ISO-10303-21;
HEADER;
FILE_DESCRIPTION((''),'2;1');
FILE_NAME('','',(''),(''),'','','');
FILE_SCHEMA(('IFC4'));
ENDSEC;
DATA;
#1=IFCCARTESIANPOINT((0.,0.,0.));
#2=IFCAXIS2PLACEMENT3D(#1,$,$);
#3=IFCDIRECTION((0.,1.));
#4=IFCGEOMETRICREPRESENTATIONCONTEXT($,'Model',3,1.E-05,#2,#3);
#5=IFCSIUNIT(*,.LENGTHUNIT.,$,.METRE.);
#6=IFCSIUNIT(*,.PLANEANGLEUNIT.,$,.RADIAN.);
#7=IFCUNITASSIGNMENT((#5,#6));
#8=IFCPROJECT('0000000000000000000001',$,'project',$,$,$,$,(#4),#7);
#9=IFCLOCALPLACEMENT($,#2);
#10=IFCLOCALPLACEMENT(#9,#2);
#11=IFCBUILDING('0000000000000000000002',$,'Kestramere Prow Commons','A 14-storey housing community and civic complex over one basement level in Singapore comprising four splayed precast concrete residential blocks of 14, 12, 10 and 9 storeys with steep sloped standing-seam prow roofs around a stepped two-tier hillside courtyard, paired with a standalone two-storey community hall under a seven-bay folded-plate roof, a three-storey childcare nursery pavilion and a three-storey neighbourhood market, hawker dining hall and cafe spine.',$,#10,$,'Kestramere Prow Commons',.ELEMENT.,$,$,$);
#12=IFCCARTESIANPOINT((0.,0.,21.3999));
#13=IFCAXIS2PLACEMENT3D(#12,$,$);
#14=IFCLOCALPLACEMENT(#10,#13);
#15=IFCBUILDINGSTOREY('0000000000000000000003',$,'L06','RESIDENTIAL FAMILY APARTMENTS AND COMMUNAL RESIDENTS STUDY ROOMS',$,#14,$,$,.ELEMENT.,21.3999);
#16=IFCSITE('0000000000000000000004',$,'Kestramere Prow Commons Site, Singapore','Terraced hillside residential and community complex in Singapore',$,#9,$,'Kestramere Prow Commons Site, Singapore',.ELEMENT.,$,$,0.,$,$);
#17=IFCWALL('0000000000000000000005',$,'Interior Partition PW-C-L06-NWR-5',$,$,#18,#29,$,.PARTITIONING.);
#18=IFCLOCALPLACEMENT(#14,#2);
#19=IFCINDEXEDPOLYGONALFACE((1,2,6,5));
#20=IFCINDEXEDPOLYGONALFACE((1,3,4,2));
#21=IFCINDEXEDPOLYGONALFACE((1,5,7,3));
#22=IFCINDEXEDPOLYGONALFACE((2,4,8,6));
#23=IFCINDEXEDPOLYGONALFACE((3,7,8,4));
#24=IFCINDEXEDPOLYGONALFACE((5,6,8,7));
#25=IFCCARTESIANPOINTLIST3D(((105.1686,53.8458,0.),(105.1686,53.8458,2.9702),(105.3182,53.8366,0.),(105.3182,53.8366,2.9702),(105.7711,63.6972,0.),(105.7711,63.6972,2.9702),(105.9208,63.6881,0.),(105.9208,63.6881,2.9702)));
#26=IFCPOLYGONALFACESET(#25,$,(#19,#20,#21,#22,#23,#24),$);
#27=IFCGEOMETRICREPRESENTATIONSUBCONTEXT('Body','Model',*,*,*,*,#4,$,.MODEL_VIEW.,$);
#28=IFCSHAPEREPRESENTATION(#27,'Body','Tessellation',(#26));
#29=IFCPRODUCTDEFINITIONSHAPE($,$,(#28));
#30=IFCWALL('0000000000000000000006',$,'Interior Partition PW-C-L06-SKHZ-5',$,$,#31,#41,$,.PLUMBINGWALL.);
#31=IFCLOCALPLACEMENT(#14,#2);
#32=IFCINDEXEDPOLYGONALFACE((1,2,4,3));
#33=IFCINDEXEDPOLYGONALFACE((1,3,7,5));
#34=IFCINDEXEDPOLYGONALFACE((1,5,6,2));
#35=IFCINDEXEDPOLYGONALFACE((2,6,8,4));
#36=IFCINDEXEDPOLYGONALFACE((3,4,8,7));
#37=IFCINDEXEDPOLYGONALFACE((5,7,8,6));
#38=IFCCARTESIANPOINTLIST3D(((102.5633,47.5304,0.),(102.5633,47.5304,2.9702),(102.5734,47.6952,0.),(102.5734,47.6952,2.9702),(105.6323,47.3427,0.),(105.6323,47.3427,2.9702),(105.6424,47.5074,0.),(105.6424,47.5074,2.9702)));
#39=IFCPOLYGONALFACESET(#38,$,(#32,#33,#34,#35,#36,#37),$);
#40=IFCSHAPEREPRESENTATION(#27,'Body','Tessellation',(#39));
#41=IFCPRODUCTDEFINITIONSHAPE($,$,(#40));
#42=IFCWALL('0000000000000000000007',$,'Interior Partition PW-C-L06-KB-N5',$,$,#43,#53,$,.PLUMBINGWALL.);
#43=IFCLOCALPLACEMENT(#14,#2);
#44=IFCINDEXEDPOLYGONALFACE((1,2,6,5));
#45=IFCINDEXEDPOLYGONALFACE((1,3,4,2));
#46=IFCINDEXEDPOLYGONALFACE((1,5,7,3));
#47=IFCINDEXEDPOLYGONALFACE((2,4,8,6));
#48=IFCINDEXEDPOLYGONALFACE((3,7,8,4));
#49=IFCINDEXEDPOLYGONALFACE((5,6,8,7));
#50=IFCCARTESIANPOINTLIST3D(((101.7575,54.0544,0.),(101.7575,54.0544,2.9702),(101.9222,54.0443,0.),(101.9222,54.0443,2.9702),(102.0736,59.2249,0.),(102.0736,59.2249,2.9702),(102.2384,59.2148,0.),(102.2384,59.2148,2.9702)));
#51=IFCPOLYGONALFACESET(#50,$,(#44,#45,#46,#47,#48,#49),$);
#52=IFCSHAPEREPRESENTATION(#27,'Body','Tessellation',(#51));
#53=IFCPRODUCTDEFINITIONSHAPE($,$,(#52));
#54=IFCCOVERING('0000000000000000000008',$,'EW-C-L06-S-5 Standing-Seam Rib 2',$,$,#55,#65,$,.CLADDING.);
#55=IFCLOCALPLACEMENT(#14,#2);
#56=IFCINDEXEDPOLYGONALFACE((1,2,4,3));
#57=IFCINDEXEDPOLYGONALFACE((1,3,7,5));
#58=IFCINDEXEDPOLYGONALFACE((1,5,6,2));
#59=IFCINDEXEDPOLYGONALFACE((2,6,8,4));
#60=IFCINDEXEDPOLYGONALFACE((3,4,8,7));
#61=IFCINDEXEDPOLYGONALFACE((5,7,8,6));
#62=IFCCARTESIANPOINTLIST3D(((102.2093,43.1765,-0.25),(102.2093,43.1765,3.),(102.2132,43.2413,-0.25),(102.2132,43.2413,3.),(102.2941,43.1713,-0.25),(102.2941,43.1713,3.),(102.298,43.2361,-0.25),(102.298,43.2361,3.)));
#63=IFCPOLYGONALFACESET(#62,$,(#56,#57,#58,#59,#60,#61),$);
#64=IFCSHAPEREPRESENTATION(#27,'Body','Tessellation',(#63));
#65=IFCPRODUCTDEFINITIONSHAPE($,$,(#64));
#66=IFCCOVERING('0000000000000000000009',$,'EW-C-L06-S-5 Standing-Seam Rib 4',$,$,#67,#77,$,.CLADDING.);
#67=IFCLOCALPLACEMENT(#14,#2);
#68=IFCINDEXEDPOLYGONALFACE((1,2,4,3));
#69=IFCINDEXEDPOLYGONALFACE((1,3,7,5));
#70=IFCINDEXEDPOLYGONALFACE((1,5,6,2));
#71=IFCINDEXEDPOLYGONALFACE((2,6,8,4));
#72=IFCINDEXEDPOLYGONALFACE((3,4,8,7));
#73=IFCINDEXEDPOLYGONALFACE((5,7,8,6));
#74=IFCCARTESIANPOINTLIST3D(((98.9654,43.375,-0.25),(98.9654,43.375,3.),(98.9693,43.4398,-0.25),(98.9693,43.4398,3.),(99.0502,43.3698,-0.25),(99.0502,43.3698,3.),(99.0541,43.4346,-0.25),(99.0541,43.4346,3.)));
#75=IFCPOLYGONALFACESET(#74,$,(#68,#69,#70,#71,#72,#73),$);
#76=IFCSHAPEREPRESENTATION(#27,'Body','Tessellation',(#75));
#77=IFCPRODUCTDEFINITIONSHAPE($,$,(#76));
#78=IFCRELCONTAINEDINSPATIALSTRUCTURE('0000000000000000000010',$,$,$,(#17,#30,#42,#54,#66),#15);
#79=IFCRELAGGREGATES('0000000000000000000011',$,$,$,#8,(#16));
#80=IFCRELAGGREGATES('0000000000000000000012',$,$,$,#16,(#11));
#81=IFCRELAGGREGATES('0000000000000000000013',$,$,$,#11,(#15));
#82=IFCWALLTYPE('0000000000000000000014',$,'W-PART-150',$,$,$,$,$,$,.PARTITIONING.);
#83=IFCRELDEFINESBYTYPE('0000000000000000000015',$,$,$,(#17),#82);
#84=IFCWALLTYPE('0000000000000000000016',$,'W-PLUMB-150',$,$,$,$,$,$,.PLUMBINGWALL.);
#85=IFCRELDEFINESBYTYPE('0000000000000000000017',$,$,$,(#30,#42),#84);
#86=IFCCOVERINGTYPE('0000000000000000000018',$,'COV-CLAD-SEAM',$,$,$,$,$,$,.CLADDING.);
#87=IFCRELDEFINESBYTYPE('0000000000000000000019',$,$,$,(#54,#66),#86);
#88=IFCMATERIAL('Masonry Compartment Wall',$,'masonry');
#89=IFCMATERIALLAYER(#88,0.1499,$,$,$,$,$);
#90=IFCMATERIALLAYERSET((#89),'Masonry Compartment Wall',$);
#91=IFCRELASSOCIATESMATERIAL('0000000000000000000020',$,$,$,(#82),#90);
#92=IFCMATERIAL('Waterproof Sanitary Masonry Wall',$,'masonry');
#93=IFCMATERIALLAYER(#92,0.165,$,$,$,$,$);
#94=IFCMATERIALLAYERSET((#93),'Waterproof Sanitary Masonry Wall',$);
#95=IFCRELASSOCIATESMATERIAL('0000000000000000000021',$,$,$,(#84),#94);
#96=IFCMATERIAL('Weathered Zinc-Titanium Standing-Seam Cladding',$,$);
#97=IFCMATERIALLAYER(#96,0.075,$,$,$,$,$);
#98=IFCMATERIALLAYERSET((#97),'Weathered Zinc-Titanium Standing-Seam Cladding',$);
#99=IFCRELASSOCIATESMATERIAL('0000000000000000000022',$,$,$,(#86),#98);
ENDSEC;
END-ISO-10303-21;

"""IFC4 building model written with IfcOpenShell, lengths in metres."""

from ifc_helpers import new_model, si_unit, direction, frame, frame_2d, origin, origin_2d, place, context, subcontext, project, spatial, rectangle, extrude, material, layer, layer_set, type_object, element, save


model = new_model("IFC4")

# Units and contexts
model_context = context("Model", 3, precision=1e-05, world=origin(), true_north=direction((0.0, 1.0)))
body_context = subcontext(model_context, "Body", "Model", "MODEL_VIEW")
ifc_project = project(units=[si_unit("LENGTHUNIT", "METRE"), si_unit("PLANEANGLEUNIT", "RADIAN")], contexts=[model_context])

# Site, building, storey
site_placement = place(None, origin())
site = spatial("IfcSite", under=ifc_project, at=site_placement, Name="Kestramere Prow Commons Site, Singapore", Description="Terraced hillside residential and community complex in Singapore", LongName="Kestramere Prow Commons Site, Singapore", CompositionType="ELEMENT", RefElevation=0.0)
building_placement = place(site_placement, origin())
building = spatial("IfcBuilding", under=site, at=building_placement, Name="Kestramere Prow Commons", Description="A 14-storey housing community and civic complex over one basement level in Singapore comprising four splayed precast concrete residential blocks of 14, 12, 10 and 9 storeys with steep sloped standing-seam prow roofs around a stepped two-tier hillside courtyard, paired with a standalone two-storey community hall under a seven-bay folded-plate roof, a three-storey childcare nursery pavilion and a three-storey neighbourhood market, hawker dining hall and cafe spine.", LongName="Kestramere Prow Commons", CompositionType="ELEMENT")
storey_placement = place(building_placement, frame((0.0, 0.0, 21.3999)))
storey = spatial("IfcBuildingStorey", under=building, at=storey_placement, Name="L06", Description="RESIDENTIAL FAMILY APARTMENTS AND COMMUNAL RESIDENTS STUDY ROOMS", CompositionType="ELEMENT", Elevation=21.3999)

# Wall
ifc_material_1 = material(Name="Masonry Compartment Wall", Category="masonry")
ifc_layer_1 = layer(ifc_material_1, 0.1499)
ifc_layer_set_1 = layer_set([ifc_layer_1], Name="Masonry Compartment Wall")
wall_type_1 = type_object("IfcWallType", Name="W-PART-150", PredefinedType="PARTITIONING", material=ifc_layer_set_1)
for number, where, z_axis, x_axis, name in (
    (1, (105.2434, 53.8411, 0.0), (0.0, 0.0, 1.0), (0.061048, 0.998135, 0.0), "Interior Partition PW-C-L06-NWR-5"),
):
    element("IfcWall", number, at=place(storey_placement, frame(where, z_axis=z_axis, x_axis=x_axis)), inside=storey, type_object=wall_type_1, Name=name, PredefinedType="PARTITIONING", context=body_context, shape_type="SweptSolid", body=[
        extrude(rectangle(XDim=9.8699, YDim=0.1499, at=frame_2d((4.9351, 0.0))), origin(), (0.0, 0.0, 1.0), 2.9702),
    ])

# Shared definitions
ifc_material_2 = material(Name="Waterproof Sanitary Masonry Wall", Category="masonry")
ifc_layer_2 = layer(ifc_material_2, 0.165)
ifc_layer_set_2 = layer_set([ifc_layer_2], Name="Waterproof Sanitary Masonry Wall")
wall_type_2 = type_object("IfcWallType", Name="W-PLUMB-150", PredefinedType="PLUMBINGWALL", material=ifc_layer_set_2)

# Walls
wall_1_placement = place(storey_placement, frame((102.5684, 47.6128, 0.0), z_axis=(0.0, 0.0, 1.0), x_axis=(0.998134, -0.061058, 0.0)))
element("IfcWall", 2, at=wall_1_placement, inside=storey, type_object=wall_type_2, Name="Interior Partition PW-C-L06-SKHZ-5", PredefinedType="PLUMBINGWALL", context=body_context, shape_type="SweptSolid", body=[
    extrude(rectangle(XDim=3.0747, YDim=0.165, at=frame_2d((1.5374, 0.0))), origin(), (0.0, 0.0, 1.0), 2.9702),
])
wall_2_placement = place(storey_placement, frame((101.8398, 54.0493, 0.0), z_axis=(0.0, 0.0, 1.0), x_axis=(0.061034, 0.998136, 0.0)))
element("IfcWall", 3, at=wall_2_placement, inside=storey, type_object=wall_type_2, Name="Interior Partition PW-C-L06-KB-N5", PredefinedType="PLUMBINGWALL", context=body_context, shape_type="SweptSolid", body=[
    extrude(rectangle(XDim=5.1802, YDim=0.165, at=frame_2d((2.5901, 0.0))), origin(), (0.0, 0.0, 1.0), 2.9702),
])

# Coverings
ifc_material_3 = material(Name="Weathered Zinc-Titanium Standing-Seam Cladding")
ifc_layer_3 = layer(ifc_material_3, 0.075)
ifc_layer_set_3 = layer_set([ifc_layer_3], Name="Weathered Zinc-Titanium Standing-Seam Cladding")
covering_type = type_object("IfcCoveringType", Name="COV-CLAD-SEAM", PredefinedType="CLADDING", material=ifc_layer_set_3)
for number, where, z_axis, x_axis, name in (
    (4, (102.2537, 43.2063, -0.25), (0.0, 0.0, 1.0), (-0.998135, 0.061049, 0.0), "EW-C-L06-S-5 Standing-Seam Rib 2"),
    (5, (99.0098, 43.4048, -0.25), (0.0, 0.0, 1.0), (-0.998135, 0.061049, 0.0), "EW-C-L06-S-5 Standing-Seam Rib 4"),
):
    element("IfcCovering", number, at=place(storey_placement, frame(where, z_axis=z_axis, x_axis=x_axis)), inside=storey, type_object=covering_type, Name=name, PredefinedType="CLADDING", context=body_context, shape_type="SweptSolid", body=[
        extrude(rectangle(XDim=0.085, YDim=0.0649, at=origin_2d()), origin(), (0.0, 0.0, 1.0), 3.25),
    ])

save(model, "model.ifc")
